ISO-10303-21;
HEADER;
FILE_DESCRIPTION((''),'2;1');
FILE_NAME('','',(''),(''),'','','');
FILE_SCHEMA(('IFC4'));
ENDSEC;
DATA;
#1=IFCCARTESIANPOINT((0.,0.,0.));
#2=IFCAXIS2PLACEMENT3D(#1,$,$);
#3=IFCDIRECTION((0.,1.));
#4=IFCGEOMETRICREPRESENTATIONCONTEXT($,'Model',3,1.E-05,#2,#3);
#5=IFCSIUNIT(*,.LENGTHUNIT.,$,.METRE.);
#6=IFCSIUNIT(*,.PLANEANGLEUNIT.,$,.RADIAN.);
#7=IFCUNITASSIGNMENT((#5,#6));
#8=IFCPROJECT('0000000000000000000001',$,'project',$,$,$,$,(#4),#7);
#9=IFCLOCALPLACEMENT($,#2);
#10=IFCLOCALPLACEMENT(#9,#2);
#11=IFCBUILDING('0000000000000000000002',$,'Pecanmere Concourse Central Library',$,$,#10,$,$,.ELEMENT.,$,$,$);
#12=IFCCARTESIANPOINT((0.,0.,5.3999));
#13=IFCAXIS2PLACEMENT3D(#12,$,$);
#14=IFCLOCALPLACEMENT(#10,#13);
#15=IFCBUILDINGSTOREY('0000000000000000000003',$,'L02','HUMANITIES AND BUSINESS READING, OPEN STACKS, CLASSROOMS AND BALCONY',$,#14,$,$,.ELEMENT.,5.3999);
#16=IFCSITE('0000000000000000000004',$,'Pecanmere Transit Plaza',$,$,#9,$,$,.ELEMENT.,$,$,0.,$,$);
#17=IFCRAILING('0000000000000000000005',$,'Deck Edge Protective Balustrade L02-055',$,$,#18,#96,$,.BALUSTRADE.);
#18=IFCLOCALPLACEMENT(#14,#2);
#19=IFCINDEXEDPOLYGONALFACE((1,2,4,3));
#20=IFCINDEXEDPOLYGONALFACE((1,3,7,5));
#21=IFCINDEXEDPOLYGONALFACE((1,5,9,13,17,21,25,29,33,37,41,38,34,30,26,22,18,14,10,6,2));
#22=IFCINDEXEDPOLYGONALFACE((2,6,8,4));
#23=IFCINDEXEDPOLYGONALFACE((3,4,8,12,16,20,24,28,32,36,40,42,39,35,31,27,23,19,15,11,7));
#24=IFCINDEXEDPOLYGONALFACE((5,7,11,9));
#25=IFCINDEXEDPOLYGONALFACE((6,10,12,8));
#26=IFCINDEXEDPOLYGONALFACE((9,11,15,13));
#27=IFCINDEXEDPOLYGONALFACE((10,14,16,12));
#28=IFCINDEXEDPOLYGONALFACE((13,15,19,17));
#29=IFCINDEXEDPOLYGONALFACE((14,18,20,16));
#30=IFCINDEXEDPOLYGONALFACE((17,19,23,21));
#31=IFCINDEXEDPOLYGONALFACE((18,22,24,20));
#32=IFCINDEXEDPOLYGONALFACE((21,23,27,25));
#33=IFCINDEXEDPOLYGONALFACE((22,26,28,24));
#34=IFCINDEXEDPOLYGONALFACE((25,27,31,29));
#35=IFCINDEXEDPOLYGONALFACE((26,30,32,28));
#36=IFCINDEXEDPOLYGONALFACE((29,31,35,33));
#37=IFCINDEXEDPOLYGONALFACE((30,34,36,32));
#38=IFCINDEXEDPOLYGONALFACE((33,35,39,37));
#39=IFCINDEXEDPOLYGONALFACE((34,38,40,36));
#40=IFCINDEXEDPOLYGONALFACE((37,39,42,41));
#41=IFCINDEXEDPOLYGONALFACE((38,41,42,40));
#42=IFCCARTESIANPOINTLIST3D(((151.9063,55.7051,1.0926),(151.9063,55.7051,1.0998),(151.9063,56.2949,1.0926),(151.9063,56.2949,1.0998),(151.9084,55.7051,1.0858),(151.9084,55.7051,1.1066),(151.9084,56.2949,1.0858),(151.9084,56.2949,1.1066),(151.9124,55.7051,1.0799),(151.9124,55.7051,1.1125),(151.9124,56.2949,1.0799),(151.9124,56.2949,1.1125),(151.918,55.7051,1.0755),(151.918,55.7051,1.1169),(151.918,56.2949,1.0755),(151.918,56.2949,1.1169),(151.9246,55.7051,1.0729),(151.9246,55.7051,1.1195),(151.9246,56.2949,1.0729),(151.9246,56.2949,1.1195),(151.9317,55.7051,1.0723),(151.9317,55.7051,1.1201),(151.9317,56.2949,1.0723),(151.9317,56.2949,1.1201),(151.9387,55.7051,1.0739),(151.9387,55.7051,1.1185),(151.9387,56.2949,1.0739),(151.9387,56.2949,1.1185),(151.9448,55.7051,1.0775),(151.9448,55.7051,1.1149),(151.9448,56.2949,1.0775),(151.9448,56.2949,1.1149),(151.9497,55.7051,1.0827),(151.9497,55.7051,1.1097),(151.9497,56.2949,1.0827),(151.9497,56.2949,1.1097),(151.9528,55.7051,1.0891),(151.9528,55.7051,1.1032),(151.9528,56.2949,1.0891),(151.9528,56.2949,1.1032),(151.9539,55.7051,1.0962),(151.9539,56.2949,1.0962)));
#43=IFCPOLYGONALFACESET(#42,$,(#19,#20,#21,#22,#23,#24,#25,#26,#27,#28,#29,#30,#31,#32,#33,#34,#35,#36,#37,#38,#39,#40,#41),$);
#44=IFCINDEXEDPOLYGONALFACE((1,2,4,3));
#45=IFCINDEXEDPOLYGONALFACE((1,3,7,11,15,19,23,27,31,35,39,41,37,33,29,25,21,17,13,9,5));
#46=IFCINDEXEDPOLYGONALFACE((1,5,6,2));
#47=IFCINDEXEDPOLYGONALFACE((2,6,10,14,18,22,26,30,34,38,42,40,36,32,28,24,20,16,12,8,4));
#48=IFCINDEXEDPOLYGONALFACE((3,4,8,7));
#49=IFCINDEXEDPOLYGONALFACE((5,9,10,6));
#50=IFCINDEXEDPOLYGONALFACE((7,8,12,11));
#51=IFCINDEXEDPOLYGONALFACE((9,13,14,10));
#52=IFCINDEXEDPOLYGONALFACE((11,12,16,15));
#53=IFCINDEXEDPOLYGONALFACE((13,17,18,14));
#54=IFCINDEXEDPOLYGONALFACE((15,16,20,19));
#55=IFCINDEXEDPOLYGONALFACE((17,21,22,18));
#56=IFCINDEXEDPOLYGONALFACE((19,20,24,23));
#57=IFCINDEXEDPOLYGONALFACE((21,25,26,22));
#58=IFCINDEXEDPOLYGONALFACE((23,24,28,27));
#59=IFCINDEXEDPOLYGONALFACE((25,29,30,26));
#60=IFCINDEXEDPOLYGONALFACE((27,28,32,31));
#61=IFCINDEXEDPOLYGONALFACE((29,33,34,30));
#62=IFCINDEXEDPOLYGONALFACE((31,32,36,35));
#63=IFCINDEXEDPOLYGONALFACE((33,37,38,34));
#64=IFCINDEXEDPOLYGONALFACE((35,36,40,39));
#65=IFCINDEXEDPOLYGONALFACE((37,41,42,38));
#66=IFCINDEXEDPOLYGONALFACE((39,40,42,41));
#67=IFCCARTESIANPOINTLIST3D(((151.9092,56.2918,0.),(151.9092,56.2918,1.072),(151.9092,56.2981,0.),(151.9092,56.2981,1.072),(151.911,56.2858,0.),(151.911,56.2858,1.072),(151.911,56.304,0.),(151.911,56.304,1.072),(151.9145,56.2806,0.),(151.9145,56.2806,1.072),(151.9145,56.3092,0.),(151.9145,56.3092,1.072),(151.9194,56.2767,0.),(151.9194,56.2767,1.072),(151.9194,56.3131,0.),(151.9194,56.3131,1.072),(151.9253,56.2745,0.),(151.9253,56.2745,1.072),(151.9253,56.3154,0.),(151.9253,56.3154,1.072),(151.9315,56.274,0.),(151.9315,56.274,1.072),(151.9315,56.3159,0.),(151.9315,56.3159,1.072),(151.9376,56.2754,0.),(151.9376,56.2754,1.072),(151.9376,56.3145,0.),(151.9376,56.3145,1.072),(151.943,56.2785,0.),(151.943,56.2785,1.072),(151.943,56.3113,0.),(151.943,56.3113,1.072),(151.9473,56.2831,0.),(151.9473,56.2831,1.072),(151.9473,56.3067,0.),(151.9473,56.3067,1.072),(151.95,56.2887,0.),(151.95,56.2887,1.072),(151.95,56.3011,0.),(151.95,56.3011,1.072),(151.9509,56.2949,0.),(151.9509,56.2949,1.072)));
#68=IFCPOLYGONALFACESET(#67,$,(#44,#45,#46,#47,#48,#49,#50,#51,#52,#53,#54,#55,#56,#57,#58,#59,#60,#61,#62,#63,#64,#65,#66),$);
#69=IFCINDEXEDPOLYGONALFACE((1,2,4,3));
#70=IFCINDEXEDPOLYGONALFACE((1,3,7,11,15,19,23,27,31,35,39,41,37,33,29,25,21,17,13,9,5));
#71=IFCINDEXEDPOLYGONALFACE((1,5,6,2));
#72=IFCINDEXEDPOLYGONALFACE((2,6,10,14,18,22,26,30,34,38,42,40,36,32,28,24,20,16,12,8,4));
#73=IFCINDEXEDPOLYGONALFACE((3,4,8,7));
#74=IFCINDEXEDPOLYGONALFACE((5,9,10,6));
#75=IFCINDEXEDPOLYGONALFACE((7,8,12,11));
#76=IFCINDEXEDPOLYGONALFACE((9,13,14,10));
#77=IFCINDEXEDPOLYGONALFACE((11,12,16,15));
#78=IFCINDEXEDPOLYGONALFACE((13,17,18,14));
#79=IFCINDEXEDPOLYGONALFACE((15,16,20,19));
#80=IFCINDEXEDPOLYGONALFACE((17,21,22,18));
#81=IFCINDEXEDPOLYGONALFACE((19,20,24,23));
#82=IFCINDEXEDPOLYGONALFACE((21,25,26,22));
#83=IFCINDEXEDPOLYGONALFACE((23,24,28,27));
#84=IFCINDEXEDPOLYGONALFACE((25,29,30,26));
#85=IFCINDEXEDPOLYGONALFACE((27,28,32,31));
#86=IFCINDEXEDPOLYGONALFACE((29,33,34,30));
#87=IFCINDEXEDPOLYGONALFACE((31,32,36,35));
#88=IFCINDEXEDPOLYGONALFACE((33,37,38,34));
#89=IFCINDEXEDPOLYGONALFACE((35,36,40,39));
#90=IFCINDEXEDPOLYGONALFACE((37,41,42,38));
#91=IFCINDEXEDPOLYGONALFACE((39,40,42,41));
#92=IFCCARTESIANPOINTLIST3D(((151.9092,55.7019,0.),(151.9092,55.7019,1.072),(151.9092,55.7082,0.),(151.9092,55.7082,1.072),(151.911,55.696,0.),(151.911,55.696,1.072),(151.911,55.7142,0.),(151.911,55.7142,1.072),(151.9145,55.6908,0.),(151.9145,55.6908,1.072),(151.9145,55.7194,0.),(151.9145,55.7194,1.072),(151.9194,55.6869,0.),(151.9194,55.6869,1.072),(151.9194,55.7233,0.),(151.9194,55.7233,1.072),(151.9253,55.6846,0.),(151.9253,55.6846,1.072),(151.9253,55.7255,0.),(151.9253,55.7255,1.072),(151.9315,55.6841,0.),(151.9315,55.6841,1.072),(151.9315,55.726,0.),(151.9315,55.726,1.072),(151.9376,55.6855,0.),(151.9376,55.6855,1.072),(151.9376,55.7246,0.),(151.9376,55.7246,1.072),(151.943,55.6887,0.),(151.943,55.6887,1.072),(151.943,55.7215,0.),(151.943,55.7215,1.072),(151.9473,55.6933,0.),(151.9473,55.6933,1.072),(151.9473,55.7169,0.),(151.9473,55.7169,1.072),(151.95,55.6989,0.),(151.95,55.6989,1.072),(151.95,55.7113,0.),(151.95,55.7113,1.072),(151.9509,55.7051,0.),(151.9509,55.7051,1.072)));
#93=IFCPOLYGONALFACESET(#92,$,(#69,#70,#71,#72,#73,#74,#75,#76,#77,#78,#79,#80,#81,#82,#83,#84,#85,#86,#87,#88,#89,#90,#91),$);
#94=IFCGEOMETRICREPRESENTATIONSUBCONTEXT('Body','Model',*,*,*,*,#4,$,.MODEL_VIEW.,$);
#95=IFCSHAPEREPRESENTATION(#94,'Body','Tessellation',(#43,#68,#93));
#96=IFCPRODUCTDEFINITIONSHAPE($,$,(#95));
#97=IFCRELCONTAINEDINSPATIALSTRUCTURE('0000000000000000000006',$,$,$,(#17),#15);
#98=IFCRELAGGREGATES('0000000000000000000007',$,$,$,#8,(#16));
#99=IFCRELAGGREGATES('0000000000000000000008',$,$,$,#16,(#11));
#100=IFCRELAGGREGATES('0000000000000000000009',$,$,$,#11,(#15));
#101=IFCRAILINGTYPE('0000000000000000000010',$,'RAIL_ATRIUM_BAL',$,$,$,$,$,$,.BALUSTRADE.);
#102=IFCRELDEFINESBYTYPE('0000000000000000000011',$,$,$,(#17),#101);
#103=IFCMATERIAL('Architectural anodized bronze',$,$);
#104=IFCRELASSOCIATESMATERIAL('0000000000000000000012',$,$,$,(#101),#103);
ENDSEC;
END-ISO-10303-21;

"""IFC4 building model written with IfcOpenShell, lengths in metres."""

from ifc_helpers import new_model, si_unit, direction, frame, origin, origin_2d, place, context, subcontext, project, spatial, circle, extrude, material, type_object, element, save


model = new_model("IFC4")

# Units and contexts
model_context = context("Model", 3, precision=1e-05, world=origin(), true_north=direction((0.0, 1.0)))
body_context = subcontext(model_context, "Body", "Model", "MODEL_VIEW")
ifc_project = project(units=[si_unit("LENGTHUNIT", "METRE"), si_unit("PLANEANGLEUNIT", "RADIAN")], contexts=[model_context])

# Site, building, storey
site_placement = place(None, origin())
site = spatial("IfcSite", under=ifc_project, at=site_placement, Name="Pecanmere Transit Plaza", CompositionType="ELEMENT", RefElevation=0.0)
building_placement = place(site_placement, origin())
building = spatial("IfcBuilding", under=site, at=building_placement, Name="Pecanmere Concourse Central Library", CompositionType="ELEMENT")
storey_placement = place(building_placement, frame((0.0, 0.0, 5.3999)))
storey = spatial("IfcBuildingStorey", under=building, at=storey_placement, Name="L02", Description="HUMANITIES AND BUSINESS READING, OPEN STACKS, CLASSROOMS AND BALCONY", CompositionType="ELEMENT", Elevation=5.3999)

# Railing
ifc_material_1 = material(Name="Architectural anodized bronze")
railing_type = type_object("IfcRailingType", Name="RAIL_ATRIUM_BAL", PredefinedType="BALUSTRADE", material=ifc_material_1)
railing_1_placement = place(storey_placement, frame((151.9299, 56.2949, 0.0)))
element("IfcRailing", 1, at=railing_1_placement, inside=storey, type_object=railing_type, Name="Deck Edge Protective Balustrade L02-055", PredefinedType="BALUSTRADE", context=body_context, shape_type="SweptSolid", body=[
    extrude(circle(Radius=0.0239, at=origin_2d()), frame((0.0, 0.0, 1.0962), z_axis=(0.0, -1.0, 0.0), x_axis=(1.0, 0.0, 0.0)), (0.0, 0.0, 1.0), 0.5898),
    extrude(circle(Radius=0.021, at=origin_2d()), origin(), (0.0, 0.0, 1.0), 1.072),
    extrude(circle(Radius=0.021, at=origin_2d()), frame((0.0, -0.5898, 0.0)), (0.0, 0.0, 1.0), 1.072),
])

save(model, "model.ifc")
